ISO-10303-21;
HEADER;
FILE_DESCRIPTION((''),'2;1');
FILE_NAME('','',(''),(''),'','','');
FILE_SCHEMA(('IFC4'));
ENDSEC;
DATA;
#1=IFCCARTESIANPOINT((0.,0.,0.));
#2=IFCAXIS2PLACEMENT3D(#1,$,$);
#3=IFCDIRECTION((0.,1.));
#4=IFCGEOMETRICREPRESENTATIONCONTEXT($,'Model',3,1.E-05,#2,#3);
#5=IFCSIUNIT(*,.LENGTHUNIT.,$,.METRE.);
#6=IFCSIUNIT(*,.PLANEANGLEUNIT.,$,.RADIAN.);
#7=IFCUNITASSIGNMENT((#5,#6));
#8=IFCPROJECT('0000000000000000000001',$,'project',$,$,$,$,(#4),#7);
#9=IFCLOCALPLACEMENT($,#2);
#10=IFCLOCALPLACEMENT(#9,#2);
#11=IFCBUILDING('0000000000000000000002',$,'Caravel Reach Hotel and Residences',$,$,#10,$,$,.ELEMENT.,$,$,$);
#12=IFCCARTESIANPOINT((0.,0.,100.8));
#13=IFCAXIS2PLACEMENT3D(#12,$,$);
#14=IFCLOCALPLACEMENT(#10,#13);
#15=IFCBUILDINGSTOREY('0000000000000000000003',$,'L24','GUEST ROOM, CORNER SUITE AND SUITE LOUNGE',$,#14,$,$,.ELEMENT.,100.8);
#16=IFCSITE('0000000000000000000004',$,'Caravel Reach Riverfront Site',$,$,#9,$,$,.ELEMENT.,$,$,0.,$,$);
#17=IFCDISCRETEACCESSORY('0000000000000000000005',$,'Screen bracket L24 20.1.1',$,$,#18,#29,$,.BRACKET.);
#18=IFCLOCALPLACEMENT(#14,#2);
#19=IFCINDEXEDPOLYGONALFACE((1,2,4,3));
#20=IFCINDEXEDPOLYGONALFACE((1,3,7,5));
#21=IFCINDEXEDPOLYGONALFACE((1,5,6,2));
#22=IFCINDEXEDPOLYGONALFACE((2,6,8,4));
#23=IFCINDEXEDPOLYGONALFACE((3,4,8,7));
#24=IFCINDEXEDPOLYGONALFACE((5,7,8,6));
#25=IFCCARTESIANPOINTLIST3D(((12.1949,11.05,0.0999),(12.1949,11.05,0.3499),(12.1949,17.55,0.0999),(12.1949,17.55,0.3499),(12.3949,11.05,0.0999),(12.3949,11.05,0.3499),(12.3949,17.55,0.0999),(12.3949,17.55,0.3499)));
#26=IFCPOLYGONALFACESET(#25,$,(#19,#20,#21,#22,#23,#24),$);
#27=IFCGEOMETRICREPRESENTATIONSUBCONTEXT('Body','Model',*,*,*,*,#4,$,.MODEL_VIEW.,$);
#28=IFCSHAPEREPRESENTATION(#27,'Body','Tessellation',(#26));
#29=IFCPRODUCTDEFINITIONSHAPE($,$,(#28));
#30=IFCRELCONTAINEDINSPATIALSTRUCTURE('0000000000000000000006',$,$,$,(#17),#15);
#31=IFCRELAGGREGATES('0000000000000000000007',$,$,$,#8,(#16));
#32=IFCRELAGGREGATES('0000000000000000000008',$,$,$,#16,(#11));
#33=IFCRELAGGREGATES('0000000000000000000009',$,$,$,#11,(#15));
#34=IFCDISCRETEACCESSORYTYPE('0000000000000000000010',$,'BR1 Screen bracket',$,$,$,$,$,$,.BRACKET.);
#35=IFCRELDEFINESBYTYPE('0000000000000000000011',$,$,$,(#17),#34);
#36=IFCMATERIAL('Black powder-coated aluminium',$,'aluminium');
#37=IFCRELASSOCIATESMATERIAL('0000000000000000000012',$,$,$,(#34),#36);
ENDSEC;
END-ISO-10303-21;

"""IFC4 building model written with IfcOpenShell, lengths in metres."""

from ifc_helpers import new_model, si_unit, direction, frame, origin, origin_2d, place, context, subcontext, project, spatial, rectangle, extrude, material, type_object, element, save


model = new_model("IFC4")

# Units and contexts
model_context = context("Model", 3, precision=1e-05, world=origin(), true_north=direction((0.0, 1.0)))
body_context = subcontext(model_context, "Body", "Model", "MODEL_VIEW")
ifc_project = project(units=[si_unit("LENGTHUNIT", "METRE"), si_unit("PLANEANGLEUNIT", "RADIAN")], contexts=[model_context])

# Site, building, storey
site_placement = place(None, origin())
site = spatial("IfcSite", under=ifc_project, at=site_placement, Name="Caravel Reach Riverfront Site", CompositionType="ELEMENT", RefElevation=0.0)
building_placement = place(site_placement, origin())
building = spatial("IfcBuilding", under=site, at=building_placement, Name="Caravel Reach Hotel and Residences", CompositionType="ELEMENT")
storey_placement = place(building_placement, frame((0.0, 0.0, 100.8)))
storey = spatial("IfcBuildingStorey", under=building, at=storey_placement, Name="L24", Description="GUEST ROOM, CORNER SUITE AND SUITE LOUNGE", CompositionType="ELEMENT", Elevation=100.8)

# Discrete accessory
ifc_material_1 = material(Name="Black powder-coated aluminium", Category="aluminium")
discrete_accessory_type = type_object("IfcDiscreteAccessoryType", Name="BR1 Screen bracket", PredefinedType="BRACKET", material=ifc_material_1)
for number, where, z_axis, x_axis, name in (
    (1, (12.2949, 14.3, 0.0999), (0.0, 0.0, 1.0), (0.0, -1.0, 0.0), "Screen bracket L24 20.1.1"),
):
    element("IfcDiscreteAccessory", number, at=place(storey_placement, frame(where, z_axis=z_axis, x_axis=x_axis)), inside=storey, type_object=discrete_accessory_type, Name=name, PredefinedType="BRACKET", context=body_context, shape_type="SweptSolid", body=[
        extrude(rectangle(XDim=6.5, YDim=0.2, at=origin_2d()), origin(), (0.0, 0.0, 1.0), 0.25),
    ])

save(model, "model.ifc")
